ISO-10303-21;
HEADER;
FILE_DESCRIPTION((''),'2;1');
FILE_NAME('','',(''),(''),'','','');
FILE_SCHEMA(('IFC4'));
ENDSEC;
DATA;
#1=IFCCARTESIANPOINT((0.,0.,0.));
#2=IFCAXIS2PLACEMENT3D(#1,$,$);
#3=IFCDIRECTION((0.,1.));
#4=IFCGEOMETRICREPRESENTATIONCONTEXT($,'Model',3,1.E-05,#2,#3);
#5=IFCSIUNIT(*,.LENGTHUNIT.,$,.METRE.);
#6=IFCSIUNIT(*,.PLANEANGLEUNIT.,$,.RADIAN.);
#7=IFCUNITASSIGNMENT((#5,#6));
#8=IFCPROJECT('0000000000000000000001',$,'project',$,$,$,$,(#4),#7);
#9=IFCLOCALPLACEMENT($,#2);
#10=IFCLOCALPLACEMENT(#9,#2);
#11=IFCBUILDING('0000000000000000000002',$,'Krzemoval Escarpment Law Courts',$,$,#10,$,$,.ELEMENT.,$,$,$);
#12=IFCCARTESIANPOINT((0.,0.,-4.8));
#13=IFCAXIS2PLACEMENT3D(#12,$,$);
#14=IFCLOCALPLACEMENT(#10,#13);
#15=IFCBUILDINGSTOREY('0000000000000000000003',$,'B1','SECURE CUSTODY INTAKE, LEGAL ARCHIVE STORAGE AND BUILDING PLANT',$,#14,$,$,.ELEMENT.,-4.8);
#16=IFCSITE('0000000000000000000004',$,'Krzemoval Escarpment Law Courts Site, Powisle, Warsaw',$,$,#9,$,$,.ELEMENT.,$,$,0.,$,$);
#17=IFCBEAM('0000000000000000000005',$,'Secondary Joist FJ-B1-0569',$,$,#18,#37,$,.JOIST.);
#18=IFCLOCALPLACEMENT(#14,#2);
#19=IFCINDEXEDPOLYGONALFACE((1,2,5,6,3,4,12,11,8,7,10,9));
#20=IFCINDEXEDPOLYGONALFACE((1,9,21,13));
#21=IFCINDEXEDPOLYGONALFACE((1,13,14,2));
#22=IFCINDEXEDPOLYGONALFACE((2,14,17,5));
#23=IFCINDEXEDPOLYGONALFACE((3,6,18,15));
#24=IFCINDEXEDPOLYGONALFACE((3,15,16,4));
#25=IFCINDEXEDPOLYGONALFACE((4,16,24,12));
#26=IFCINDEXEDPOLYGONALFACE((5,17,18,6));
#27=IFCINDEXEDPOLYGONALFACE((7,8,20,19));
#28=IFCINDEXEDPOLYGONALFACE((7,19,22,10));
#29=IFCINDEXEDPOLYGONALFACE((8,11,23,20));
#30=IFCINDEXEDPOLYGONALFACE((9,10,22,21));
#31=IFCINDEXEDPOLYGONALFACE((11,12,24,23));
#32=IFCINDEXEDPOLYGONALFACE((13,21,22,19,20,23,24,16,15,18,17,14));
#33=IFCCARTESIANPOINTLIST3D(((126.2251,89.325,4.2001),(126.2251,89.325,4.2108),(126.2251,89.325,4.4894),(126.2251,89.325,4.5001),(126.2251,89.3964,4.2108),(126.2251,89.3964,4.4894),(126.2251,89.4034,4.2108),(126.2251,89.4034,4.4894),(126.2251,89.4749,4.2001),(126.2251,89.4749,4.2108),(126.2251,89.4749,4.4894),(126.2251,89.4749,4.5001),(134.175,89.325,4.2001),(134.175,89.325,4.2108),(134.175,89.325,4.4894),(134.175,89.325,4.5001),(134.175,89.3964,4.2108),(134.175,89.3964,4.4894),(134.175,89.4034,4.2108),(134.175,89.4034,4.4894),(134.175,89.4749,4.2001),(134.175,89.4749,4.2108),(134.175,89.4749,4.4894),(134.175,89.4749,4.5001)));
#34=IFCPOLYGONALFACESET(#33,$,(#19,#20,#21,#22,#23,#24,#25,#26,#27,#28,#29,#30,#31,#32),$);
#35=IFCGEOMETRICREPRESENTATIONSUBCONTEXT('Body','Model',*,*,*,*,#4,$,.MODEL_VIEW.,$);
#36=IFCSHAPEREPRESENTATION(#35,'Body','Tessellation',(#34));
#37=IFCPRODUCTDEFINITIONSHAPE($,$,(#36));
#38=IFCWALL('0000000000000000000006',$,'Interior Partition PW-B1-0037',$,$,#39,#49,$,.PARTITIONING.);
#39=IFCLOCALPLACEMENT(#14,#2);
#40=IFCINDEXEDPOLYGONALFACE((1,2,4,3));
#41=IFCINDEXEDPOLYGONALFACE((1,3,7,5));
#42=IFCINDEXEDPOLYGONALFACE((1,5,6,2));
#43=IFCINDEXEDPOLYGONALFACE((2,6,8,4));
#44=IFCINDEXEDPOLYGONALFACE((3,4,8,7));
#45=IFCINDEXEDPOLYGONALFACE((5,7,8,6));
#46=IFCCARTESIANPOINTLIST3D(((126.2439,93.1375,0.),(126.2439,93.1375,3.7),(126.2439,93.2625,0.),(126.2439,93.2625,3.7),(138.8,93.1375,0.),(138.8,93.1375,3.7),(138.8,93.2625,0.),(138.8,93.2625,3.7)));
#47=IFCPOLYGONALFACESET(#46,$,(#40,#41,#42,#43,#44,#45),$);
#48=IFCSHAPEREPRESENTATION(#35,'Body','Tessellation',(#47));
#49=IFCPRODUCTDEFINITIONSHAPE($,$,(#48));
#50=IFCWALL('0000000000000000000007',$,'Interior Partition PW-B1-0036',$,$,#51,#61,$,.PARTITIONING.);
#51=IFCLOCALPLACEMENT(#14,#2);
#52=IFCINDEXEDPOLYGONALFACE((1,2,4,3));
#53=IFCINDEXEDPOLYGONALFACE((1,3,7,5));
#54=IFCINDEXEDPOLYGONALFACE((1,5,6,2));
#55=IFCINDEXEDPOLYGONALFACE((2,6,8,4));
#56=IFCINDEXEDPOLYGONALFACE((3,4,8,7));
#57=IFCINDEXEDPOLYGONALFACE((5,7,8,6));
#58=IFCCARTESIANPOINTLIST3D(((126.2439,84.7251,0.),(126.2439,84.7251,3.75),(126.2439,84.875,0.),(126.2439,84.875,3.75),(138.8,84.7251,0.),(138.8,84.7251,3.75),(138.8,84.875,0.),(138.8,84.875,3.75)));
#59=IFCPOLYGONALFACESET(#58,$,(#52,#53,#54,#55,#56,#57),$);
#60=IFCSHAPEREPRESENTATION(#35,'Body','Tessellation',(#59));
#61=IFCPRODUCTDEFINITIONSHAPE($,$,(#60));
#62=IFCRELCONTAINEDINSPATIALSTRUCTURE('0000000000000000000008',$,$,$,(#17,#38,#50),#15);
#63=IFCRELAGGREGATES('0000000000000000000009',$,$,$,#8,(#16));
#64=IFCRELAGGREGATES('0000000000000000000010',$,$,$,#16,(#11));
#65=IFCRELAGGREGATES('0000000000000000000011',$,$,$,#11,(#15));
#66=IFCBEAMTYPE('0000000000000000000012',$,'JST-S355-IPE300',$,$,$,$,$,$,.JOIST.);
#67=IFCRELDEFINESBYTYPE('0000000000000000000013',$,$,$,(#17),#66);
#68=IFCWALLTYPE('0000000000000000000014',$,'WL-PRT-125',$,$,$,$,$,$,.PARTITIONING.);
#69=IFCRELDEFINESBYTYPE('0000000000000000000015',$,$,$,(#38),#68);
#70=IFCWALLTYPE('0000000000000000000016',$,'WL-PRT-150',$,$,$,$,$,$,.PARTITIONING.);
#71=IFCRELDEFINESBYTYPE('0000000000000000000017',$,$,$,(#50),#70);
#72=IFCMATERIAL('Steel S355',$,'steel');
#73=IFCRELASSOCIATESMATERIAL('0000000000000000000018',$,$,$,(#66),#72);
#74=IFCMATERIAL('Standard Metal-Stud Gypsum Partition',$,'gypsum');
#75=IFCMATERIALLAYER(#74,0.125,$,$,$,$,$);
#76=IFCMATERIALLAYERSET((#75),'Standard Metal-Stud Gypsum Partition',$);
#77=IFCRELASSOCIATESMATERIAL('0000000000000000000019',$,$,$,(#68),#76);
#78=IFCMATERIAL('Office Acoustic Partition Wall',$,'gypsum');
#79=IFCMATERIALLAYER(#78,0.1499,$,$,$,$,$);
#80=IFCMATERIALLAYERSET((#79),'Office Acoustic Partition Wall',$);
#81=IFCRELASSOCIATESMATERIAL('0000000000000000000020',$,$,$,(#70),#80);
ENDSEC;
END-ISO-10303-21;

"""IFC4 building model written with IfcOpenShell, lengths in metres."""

from ifc_helpers import new_model, si_unit, direction, frame, frame_2d, origin, origin_2d, place, context, subcontext, project, spatial, rectangle, i_section, extrude, material, layer, layer_set, material_profile, profile_set, type_object, element, save


model = new_model("IFC4")

# Units and contexts
model_context = context("Model", 3, precision=1e-05, world=origin(), true_north=direction((0.0, 1.0)))
body_context = subcontext(model_context, "Body", "Model", "MODEL_VIEW")
ifc_project = project(units=[si_unit("LENGTHUNIT", "METRE"), si_unit("PLANEANGLEUNIT", "RADIAN")], contexts=[model_context])

# Site, building, storey
site_placement = place(None, origin())
site = spatial("IfcSite", under=ifc_project, at=site_placement, Name="Krzemoval Escarpment Law Courts Site, Powisle, Warsaw", CompositionType="ELEMENT", RefElevation=0.0)
building_placement = place(site_placement, origin())
building = spatial("IfcBuilding", under=site, at=building_placement, Name="Krzemoval Escarpment Law Courts", CompositionType="ELEMENT")
storey_placement = place(building_placement, frame((0.0, 0.0, -4.8)))
storey = spatial("IfcBuildingStorey", under=building, at=storey_placement, Name="B1", Description="SECURE CUSTODY INTAKE, LEGAL ARCHIVE STORAGE AND BUILDING PLANT", CompositionType="ELEMENT", Elevation=-4.8)

# Beam
ifc_material_1 = material(Name="Steel S355", Category="steel")
ifc_material_profile_1 = material_profile(ifc_material_1, i_section(OverallWidth=0.1499, OverallDepth=0.3, WebThickness=0.0071, FlangeThickness=0.0107, at=origin_2d()), Name="IPE 300")
ifc_profile_set_1 = profile_set([ifc_material_profile_1], Name="Steel S355")
beam_type_1 = type_object("IfcBeamType", Name="JST-S355-IPE300", PredefinedType="JOIST", material=ifc_profile_set_1)
beam_placement = place(storey_placement, frame((126.2251, 89.3999, 4.3501), z_axis=(1.0, 0.0, 0.0), x_axis=(0.0, 1.0, 0.0)))
element("IfcBeam", 1, at=beam_placement, inside=storey, type_object=beam_type_1, Name="Secondary Joist FJ-B1-0569", PredefinedType="JOIST", context=body_context, shape_type="SweptSolid", body=[
    extrude(i_section(OverallWidth=0.1499, OverallDepth=0.3, WebThickness=0.0071, FlangeThickness=0.0107, at=origin_2d()), origin(), (0.0, 0.0, 1.0), 7.95),
])

# Walls
ifc_material_2 = material(Name="Standard Metal-Stud Gypsum Partition", Category="gypsum")
ifc_layer_1 = layer(ifc_material_2, 0.125)
ifc_layer_set_1 = layer_set([ifc_layer_1], Name="Standard Metal-Stud Gypsum Partition")
wall_type_1 = type_object("IfcWallType", Name="WL-PRT-125", PredefinedType="PARTITIONING", material=ifc_layer_set_1)
wall_1_placement = place(storey_placement, frame((126.2439, 93.2, 0.0), z_axis=(0.0, 0.0, 1.0), x_axis=(1.0, 0.0, 0.0)))
element("IfcWall", 2, at=wall_1_placement, inside=storey, type_object=wall_type_1, Name="Interior Partition PW-B1-0037", PredefinedType="PARTITIONING", context=body_context, shape_type="SweptSolid", body=[
    extrude(rectangle(XDim=12.5562, YDim=0.125, at=frame_2d((6.2781, 0.0))), origin(), (0.0, 0.0, 1.0), 3.7),
])
ifc_material_3 = material(Name="Office Acoustic Partition Wall", Category="gypsum")
ifc_layer_2 = layer(ifc_material_3, 0.1499)
ifc_layer_set_2 = layer_set([ifc_layer_2], Name="Office Acoustic Partition Wall")
wall_type_2 = type_object("IfcWallType", Name="WL-PRT-150", PredefinedType="PARTITIONING", material=ifc_layer_set_2)
wall_2_placement = place(storey_placement, frame((126.2439, 84.8, 0.0), z_axis=(0.0, 0.0, 1.0), x_axis=(1.0, 0.0, 0.0)))
element("IfcWall", 3, at=wall_2_placement, inside=storey, type_object=wall_type_2, Name="Interior Partition PW-B1-0036", PredefinedType="PARTITIONING", context=body_context, shape_type="SweptSolid", body=[
    extrude(rectangle(XDim=12.5562, YDim=0.1499, at=frame_2d((6.2781, 0.0))), origin(), (0.0, 0.0, 1.0), 3.75),
])

save(model, "model.ifc")
